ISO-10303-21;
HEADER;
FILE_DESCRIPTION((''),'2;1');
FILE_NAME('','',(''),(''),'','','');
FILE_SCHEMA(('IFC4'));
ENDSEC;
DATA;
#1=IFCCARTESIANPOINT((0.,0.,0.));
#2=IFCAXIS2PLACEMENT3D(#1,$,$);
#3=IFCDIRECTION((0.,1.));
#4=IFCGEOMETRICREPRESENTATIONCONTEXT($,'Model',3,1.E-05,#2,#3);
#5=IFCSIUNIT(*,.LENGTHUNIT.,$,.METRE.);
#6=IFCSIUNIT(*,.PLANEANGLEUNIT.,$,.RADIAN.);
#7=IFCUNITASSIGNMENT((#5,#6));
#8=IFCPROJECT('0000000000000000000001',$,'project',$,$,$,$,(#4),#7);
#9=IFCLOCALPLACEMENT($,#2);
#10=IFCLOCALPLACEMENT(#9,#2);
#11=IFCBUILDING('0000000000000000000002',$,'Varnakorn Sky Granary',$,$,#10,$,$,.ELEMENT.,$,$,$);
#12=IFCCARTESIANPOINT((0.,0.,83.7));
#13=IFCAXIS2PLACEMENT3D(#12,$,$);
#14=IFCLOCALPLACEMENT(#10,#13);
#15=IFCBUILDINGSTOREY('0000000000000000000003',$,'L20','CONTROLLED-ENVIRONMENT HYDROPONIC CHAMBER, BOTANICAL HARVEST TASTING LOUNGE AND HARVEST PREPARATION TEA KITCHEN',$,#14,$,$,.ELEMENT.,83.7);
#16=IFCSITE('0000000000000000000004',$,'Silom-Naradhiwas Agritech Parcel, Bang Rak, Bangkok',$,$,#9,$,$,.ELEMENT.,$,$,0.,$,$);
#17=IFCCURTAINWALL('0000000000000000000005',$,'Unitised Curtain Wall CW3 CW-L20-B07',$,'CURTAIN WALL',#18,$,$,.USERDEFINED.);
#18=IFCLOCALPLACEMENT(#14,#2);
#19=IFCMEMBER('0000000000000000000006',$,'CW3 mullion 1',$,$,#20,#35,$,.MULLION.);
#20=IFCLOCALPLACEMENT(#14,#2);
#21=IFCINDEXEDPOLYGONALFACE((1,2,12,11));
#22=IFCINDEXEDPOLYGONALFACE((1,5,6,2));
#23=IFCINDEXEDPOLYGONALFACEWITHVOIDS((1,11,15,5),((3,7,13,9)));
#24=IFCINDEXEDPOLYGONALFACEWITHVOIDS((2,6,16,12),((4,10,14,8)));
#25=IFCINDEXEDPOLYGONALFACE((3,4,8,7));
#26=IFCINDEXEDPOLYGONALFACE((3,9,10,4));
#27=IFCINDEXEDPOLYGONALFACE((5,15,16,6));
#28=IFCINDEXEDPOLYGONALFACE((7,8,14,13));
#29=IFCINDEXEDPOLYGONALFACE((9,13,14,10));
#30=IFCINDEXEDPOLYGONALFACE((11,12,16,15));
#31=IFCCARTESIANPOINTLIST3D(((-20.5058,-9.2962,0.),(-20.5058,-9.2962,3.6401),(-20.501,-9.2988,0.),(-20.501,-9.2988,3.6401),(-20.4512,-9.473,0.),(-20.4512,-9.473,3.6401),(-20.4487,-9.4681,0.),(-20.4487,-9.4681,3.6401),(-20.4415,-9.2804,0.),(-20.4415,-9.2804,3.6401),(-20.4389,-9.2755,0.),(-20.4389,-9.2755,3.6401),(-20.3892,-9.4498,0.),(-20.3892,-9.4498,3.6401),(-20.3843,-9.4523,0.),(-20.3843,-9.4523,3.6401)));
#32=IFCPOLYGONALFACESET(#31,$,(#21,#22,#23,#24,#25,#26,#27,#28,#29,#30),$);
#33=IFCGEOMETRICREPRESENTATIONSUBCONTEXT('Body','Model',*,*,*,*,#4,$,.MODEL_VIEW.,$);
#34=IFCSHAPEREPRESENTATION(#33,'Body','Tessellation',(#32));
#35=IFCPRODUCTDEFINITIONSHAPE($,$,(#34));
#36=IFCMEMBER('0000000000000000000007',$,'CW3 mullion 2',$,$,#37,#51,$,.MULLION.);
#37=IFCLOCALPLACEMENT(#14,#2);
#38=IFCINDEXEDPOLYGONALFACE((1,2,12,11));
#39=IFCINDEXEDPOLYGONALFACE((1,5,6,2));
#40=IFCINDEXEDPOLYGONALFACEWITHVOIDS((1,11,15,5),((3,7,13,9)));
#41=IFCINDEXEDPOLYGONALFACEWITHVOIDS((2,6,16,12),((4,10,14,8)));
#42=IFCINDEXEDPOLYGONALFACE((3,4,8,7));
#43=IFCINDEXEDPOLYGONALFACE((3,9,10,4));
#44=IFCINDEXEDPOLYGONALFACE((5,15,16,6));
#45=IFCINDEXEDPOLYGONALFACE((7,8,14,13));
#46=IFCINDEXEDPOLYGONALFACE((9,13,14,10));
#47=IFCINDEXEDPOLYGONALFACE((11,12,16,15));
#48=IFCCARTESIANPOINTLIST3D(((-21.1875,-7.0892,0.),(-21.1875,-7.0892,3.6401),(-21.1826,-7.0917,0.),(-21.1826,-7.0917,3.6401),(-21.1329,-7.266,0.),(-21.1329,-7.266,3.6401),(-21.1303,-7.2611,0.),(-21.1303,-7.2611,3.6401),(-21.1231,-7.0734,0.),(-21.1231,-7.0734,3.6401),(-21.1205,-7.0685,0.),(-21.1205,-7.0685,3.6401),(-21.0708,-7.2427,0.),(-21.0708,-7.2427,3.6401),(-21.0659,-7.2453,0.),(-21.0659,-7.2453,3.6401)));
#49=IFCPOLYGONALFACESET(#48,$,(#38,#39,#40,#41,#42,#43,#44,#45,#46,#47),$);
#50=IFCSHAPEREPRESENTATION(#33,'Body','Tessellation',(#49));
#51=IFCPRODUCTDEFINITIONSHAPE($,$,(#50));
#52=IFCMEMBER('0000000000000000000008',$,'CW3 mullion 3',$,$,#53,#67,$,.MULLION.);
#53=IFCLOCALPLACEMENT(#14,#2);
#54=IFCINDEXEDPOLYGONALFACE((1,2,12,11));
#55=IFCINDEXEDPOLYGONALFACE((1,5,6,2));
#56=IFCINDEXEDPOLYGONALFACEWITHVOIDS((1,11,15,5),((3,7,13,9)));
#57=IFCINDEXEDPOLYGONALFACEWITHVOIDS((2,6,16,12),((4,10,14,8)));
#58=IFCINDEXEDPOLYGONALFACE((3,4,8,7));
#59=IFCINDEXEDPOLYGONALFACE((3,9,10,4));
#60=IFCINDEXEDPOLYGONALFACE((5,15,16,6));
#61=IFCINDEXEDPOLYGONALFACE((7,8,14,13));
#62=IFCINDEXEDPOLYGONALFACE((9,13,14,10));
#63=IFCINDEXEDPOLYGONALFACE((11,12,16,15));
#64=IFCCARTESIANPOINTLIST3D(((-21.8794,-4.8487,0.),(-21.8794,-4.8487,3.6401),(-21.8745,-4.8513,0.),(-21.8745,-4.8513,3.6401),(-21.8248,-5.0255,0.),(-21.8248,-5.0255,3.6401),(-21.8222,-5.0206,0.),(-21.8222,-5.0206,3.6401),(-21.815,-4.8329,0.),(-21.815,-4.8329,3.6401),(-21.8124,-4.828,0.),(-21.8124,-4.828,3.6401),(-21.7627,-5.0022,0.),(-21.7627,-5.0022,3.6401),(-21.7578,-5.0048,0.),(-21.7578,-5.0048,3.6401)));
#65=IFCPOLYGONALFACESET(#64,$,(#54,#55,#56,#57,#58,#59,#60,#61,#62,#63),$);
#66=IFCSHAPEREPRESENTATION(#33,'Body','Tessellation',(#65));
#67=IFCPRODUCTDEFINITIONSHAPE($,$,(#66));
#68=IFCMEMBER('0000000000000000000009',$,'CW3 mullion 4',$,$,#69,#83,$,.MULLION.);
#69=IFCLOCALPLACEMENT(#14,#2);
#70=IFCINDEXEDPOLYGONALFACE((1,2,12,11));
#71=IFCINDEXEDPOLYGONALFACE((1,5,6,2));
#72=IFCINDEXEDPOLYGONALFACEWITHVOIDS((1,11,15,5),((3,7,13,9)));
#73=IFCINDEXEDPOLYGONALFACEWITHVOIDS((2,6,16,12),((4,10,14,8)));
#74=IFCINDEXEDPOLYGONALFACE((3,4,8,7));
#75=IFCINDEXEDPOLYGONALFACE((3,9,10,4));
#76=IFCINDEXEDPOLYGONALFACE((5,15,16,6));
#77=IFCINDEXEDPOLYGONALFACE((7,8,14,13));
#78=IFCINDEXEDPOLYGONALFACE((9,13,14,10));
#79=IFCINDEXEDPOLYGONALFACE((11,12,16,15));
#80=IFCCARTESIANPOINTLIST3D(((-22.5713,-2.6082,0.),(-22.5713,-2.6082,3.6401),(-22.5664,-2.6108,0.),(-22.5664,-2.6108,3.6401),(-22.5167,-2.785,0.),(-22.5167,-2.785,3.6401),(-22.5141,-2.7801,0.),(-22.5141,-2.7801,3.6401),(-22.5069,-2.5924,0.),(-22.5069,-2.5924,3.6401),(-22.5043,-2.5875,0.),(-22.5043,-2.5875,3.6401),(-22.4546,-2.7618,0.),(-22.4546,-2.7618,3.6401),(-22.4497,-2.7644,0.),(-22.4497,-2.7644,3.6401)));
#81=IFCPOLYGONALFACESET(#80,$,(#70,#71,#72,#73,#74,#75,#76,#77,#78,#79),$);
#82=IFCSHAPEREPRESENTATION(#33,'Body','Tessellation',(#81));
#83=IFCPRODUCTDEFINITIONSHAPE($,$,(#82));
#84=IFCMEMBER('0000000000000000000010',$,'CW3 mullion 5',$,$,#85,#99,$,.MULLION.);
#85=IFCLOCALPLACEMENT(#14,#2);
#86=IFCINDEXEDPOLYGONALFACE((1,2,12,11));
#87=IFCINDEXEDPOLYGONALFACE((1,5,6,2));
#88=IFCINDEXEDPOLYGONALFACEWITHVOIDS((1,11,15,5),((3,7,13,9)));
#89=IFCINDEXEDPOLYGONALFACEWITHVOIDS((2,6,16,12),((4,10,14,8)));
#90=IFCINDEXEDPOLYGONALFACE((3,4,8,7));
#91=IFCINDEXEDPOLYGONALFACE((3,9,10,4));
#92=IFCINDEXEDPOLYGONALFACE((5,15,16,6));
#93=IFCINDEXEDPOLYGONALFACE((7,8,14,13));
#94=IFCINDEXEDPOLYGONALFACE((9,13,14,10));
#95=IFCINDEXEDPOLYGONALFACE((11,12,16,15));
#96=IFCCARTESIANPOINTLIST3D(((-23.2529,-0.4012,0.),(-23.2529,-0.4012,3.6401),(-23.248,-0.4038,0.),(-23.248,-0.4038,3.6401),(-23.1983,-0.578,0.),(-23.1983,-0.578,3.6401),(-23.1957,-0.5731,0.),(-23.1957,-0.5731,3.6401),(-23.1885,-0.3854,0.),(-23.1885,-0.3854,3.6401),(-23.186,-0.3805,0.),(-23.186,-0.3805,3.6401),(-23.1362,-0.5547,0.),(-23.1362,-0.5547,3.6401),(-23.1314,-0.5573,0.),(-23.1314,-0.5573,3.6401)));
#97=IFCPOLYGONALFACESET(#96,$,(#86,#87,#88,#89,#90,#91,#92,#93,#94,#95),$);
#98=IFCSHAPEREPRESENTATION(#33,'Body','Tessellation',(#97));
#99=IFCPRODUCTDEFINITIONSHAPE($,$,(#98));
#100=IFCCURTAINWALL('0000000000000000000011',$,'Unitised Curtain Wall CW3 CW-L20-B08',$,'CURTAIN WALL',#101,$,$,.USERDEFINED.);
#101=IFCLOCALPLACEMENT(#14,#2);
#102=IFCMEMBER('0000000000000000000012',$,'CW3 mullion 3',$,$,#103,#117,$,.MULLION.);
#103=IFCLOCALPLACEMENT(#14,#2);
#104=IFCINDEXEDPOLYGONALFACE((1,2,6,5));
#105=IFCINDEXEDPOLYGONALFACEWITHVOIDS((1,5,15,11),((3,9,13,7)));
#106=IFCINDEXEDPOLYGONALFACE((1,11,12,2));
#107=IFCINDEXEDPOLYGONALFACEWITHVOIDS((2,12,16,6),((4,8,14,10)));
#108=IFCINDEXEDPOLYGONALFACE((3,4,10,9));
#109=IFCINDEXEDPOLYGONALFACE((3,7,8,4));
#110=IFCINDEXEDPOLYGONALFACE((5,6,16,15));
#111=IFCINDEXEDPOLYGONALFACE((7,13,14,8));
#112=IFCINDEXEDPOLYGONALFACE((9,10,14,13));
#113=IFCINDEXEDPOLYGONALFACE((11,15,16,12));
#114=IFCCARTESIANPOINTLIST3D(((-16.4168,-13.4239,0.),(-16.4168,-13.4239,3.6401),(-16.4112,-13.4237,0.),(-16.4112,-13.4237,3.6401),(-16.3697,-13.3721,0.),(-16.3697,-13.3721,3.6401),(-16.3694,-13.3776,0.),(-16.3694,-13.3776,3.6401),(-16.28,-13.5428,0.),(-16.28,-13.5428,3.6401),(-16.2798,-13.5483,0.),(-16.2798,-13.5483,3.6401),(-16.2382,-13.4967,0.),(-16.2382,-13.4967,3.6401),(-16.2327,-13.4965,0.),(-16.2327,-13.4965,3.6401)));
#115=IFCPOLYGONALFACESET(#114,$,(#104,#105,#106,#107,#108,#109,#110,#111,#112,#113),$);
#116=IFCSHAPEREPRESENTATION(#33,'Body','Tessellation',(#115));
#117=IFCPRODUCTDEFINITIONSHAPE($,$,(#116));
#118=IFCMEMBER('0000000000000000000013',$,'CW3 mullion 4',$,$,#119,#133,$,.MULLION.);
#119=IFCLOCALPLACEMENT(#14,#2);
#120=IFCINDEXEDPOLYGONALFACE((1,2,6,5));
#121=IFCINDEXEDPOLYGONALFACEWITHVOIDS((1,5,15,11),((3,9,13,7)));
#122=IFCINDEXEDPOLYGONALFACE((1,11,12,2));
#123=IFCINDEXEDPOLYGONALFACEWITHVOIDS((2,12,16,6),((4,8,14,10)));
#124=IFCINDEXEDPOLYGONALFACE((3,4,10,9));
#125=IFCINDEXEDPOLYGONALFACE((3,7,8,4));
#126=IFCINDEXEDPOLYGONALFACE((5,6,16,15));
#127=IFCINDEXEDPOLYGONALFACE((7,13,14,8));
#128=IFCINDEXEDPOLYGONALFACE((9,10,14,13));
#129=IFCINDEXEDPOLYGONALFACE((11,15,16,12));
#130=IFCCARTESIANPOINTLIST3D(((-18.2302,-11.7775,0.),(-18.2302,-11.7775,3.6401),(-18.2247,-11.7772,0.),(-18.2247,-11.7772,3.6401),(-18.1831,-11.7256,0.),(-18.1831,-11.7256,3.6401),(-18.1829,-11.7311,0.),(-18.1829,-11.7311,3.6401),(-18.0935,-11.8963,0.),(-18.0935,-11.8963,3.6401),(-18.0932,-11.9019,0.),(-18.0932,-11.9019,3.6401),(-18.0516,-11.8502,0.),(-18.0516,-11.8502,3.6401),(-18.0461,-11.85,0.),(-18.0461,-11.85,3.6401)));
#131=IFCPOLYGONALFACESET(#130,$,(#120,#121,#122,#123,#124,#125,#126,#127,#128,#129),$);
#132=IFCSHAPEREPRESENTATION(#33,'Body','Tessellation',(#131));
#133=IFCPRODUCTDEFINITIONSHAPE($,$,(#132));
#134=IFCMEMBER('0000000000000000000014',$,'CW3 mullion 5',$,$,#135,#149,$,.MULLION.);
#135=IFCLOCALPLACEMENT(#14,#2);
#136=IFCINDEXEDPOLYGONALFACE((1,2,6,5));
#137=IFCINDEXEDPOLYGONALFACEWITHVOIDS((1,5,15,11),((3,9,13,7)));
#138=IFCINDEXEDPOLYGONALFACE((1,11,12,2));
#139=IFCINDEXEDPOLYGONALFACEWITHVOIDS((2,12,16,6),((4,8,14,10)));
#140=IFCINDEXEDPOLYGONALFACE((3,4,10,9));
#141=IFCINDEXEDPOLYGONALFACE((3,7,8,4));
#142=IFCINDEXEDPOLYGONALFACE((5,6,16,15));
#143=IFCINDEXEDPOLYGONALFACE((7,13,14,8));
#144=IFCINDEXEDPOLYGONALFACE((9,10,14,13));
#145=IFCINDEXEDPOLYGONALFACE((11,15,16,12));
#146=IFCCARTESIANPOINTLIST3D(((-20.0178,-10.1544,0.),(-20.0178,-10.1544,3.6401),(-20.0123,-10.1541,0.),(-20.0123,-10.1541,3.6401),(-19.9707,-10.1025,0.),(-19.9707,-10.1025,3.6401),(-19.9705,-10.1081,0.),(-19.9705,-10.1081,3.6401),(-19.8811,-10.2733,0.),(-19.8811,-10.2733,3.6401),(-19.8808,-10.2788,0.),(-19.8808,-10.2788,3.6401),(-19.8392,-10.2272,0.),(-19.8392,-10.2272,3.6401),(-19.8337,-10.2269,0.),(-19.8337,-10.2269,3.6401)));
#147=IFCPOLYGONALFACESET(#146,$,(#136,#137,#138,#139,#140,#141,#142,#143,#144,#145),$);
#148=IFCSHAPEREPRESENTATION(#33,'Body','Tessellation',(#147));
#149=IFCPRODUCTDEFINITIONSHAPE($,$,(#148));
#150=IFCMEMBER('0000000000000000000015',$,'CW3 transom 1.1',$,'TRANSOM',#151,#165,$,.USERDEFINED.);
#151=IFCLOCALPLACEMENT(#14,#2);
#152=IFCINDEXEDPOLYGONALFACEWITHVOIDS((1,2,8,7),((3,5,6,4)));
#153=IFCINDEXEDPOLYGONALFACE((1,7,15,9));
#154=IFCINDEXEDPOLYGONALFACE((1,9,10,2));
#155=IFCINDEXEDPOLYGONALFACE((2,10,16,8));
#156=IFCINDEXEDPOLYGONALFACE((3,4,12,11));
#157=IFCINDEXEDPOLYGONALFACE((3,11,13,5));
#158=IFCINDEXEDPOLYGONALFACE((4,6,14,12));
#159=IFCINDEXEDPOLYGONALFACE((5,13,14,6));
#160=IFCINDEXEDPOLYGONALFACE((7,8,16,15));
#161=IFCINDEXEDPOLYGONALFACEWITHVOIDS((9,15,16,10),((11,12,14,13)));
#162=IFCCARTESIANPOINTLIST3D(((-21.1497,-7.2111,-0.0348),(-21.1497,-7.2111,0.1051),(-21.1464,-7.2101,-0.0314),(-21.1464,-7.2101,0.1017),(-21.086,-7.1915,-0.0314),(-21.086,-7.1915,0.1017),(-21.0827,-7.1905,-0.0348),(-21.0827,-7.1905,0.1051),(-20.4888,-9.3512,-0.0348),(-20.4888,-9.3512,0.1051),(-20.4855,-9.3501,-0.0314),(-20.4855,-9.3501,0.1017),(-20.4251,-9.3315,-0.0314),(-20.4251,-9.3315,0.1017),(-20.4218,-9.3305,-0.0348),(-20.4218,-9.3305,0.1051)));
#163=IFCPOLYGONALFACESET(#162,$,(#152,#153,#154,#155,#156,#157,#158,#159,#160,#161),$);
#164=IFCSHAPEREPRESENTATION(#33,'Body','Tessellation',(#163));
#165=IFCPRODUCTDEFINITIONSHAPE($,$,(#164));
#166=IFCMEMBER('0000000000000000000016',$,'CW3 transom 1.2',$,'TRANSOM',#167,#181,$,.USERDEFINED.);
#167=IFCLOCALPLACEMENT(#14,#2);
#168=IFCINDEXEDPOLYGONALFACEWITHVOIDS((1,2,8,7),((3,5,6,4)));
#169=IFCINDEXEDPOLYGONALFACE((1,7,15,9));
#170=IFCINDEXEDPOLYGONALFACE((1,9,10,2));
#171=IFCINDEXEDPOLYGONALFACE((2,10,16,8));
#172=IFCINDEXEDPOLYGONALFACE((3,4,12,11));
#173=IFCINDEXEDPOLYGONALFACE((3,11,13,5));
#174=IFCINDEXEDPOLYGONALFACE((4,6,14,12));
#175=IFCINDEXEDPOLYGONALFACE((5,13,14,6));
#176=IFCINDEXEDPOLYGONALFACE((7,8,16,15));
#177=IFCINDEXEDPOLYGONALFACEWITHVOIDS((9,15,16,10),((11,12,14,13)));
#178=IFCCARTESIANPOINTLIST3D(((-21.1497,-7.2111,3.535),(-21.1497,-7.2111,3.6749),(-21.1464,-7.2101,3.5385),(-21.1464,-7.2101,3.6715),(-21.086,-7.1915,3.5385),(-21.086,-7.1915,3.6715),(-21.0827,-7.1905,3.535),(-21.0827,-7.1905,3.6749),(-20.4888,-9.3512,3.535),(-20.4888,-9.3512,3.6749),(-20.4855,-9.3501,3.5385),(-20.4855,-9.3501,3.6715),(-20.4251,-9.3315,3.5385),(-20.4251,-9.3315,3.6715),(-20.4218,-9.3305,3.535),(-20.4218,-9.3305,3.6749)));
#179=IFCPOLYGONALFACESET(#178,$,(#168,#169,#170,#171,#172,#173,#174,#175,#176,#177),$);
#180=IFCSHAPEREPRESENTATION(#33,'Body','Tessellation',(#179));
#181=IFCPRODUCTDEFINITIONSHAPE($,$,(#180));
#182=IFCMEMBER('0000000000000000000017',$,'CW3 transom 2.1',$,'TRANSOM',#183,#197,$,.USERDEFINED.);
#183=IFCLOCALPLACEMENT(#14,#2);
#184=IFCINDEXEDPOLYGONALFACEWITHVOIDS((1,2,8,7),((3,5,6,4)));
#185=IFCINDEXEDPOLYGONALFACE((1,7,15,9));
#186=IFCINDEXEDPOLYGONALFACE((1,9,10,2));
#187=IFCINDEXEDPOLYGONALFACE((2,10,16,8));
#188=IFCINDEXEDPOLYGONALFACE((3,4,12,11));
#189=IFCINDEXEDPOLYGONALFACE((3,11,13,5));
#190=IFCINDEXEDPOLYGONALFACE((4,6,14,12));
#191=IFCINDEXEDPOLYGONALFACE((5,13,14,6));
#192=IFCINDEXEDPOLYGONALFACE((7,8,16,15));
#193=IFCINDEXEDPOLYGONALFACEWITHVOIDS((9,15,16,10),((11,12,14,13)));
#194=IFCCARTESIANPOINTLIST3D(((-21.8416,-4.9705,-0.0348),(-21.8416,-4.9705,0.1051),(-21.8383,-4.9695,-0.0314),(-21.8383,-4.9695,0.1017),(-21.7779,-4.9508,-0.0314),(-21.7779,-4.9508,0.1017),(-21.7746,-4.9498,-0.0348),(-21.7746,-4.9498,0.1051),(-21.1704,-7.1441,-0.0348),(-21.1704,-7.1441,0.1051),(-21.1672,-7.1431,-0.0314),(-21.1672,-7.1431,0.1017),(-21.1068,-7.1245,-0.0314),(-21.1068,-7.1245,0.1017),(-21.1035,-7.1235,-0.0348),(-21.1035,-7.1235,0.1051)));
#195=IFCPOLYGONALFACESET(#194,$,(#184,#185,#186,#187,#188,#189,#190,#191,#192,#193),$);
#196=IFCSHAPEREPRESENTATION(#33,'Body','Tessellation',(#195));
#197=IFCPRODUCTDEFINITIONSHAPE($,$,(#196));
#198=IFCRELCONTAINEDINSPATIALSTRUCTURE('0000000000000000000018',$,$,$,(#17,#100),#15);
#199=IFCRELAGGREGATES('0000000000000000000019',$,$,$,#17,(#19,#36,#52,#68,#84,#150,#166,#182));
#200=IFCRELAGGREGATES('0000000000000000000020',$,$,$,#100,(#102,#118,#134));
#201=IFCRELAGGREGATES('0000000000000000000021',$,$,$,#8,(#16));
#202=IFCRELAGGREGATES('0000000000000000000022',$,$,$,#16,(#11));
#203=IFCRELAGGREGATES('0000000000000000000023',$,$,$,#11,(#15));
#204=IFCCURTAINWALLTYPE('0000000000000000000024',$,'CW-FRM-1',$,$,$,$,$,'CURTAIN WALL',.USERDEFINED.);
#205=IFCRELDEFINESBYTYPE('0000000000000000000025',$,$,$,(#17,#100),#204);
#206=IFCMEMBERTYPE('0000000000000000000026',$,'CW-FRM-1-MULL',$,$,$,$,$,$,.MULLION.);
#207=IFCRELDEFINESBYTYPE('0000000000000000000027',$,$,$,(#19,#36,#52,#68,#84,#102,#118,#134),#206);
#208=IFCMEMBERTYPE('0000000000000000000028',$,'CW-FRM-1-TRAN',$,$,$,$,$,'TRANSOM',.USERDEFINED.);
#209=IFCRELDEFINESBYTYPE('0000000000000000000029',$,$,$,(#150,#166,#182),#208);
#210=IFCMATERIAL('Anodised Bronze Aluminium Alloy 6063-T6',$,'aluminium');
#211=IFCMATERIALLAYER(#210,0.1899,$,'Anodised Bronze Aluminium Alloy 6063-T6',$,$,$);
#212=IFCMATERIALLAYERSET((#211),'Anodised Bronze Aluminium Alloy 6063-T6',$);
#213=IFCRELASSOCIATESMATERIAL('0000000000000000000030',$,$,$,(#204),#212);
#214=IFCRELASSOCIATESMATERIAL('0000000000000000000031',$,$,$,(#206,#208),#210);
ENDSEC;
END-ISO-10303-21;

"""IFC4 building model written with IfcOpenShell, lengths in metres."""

from ifc_helpers import new_model, si_unit, direction, frame, origin, origin_2d, place, context, subcontext, project, spatial, hollow_rectangle, extrude, material, layer, layer_set, material_profile, profile_set, type_object, element, aggregate, save


model = new_model("IFC4")

# Units and contexts
model_context = context("Model", 3, precision=1e-05, world=origin(), true_north=direction((0.0, 1.0)))
body_context = subcontext(model_context, "Body", "Model", "MODEL_VIEW")
ifc_project = project(units=[si_unit("LENGTHUNIT", "METRE"), si_unit("PLANEANGLEUNIT", "RADIAN")], contexts=[model_context])

# Site, building, storey
site_placement = place(None, origin())
site = spatial("IfcSite", under=ifc_project, at=site_placement, Name="Silom-Naradhiwas Agritech Parcel, Bang Rak, Bangkok", CompositionType="ELEMENT", RefElevation=0.0)
building_placement = place(site_placement, origin())
building = spatial("IfcBuilding", under=site, at=building_placement, Name="Varnakorn Sky Granary", CompositionType="ELEMENT")
storey_placement = place(building_placement, frame((0.0, 0.0, 83.7)))
storey = spatial("IfcBuildingStorey", under=building, at=storey_placement, Name="L20", Description="CONTROLLED-ENVIRONMENT HYDROPONIC CHAMBER, BOTANICAL HARVEST TASTING LOUNGE AND HARVEST PREPARATION TEA KITCHEN", CompositionType="ELEMENT", Elevation=83.7)

# Curtain walls, members
ifc_material_1 = material(Name="Anodised Bronze Aluminium Alloy 6063-T6", Category="aluminium")
ifc_layer_1 = layer(ifc_material_1, 0.1899, Name="Anodised Bronze Aluminium Alloy 6063-T6")
ifc_layer_set_1 = layer_set([ifc_layer_1], Name="Anodised Bronze Aluminium Alloy 6063-T6")
curtain_wall_type = type_object("IfcCurtainWallType", Name="CW-FRM-1", ElementType="CURTAIN WALL", PredefinedType="USERDEFINED", material=ifc_layer_set_1)
curtain_wall_1_placement = place(storey_placement, origin())
curtain_wall_1 = element("IfcCurtainWall", 1, at=curtain_wall_1_placement, inside=storey, type_object=curtain_wall_type, Name="Unitised Curtain Wall CW3 CW-L20-B07", ObjectType="CURTAIN WALL", PredefinedType="USERDEFINED")
ifc_material_profile_1 = material_profile(ifc_material_1, hollow_rectangle(XDim=0.0701, YDim=0.1851, WallThickness=0.0039, at=origin_2d()), Name="ALU MULL 70x185")
ifc_profile_set_1 = profile_set([ifc_material_profile_1], Name="Anodised Bronze Aluminium Alloy 6063-T6")
member_type_1 = type_object("IfcMemberType", Name="CW-FRM-1-MULL", PredefinedType="MULLION", material=ifc_profile_set_1)
member_1_placement = place(storey_placement, frame((-20.4451, -9.3743, 0.0), z_axis=(0.0, 0.0, 1.0), x_axis=(-0.955475, -0.295072, 0.0)))
member_1 = element("IfcMember", 2, at=member_1_placement, type_object=member_type_1, Name="CW3 mullion 1", PredefinedType="MULLION", context=body_context, shape_type="SweptSolid", body=[
    extrude(hollow_rectangle(XDim=0.0701, YDim=0.1851, WallThickness=0.0039, at=origin_2d()), origin(), (0.0, 0.0, 1.0), 3.6401),
])
member_2_placement = place(storey_placement, frame((-21.1267, -7.1672, 0.0), z_axis=(0.0, 0.0, 1.0), x_axis=(-0.955475, -0.295072, 0.0)))
member_2 = element("IfcMember", 3, at=member_2_placement, type_object=member_type_1, Name="CW3 mullion 2", PredefinedType="MULLION", context=body_context, shape_type="SweptSolid", body=[
    extrude(hollow_rectangle(XDim=0.0701, YDim=0.1851, WallThickness=0.0039, at=origin_2d()), origin(), (0.0, 0.0, 1.0), 3.6401),
])
member_3_placement = place(storey_placement, frame((-21.8186, -4.9268, 0.0), z_axis=(0.0, 0.0, 1.0), x_axis=(-0.955475, -0.295072, 0.0)))
member_3 = element("IfcMember", 4, at=member_3_placement, type_object=member_type_1, Name="CW3 mullion 3", PredefinedType="MULLION", context=body_context, shape_type="SweptSolid", body=[
    extrude(hollow_rectangle(XDim=0.0701, YDim=0.1851, WallThickness=0.0039, at=origin_2d()), origin(), (0.0, 0.0, 1.0), 3.6401),
])
member_4_placement = place(storey_placement, frame((-22.5105, -2.6863, 0.0), z_axis=(0.0, 0.0, 1.0), x_axis=(-0.955475, -0.295072, 0.0)))
member_4 = element("IfcMember", 5, at=member_4_placement, type_object=member_type_1, Name="CW3 mullion 4", PredefinedType="MULLION", context=body_context, shape_type="SweptSolid", body=[
    extrude(hollow_rectangle(XDim=0.0701, YDim=0.1851, WallThickness=0.0039, at=origin_2d()), origin(), (0.0, 0.0, 1.0), 3.6401),
])
member_5_placement = place(storey_placement, frame((-23.1921, -0.4792, 0.0), z_axis=(0.0, 0.0, 1.0), x_axis=(-0.955475, -0.295072, 0.0)))
member_5 = element("IfcMember", 6, at=member_5_placement, type_object=member_type_1, Name="CW3 mullion 5", PredefinedType="MULLION", context=body_context, shape_type="SweptSolid", body=[
    extrude(hollow_rectangle(XDim=0.0701, YDim=0.1851, WallThickness=0.0039, at=origin_2d()), origin(), (0.0, 0.0, 1.0), 3.6401),
])
curtain_wall_2_placement = place(storey_placement, origin())
curtain_wall_2 = element("IfcCurtainWall", 7, at=curtain_wall_2_placement, inside=storey, type_object=curtain_wall_type, Name="Unitised Curtain Wall CW3 CW-L20-B08", ObjectType="CURTAIN WALL", PredefinedType="USERDEFINED")
member_6_placement = place(storey_placement, frame((-16.3247, -13.4602, 0.0), z_axis=(0.0, 0.0, 1.0), x_axis=(-0.672211, -0.74036, 0.0)))
member_6 = element("IfcMember", 8, at=member_6_placement, type_object=member_type_1, Name="CW3 mullion 3", PredefinedType="MULLION", context=body_context, shape_type="SweptSolid", body=[
    extrude(hollow_rectangle(XDim=0.0701, YDim=0.1851, WallThickness=0.0039, at=origin_2d()), origin(), (0.0, 0.0, 1.0), 3.6401),
])
member_7_placement = place(storey_placement, frame((-18.1382, -11.8137, 0.0), z_axis=(0.0, 0.0, 1.0), x_axis=(-0.672211, -0.74036, 0.0)))
member_7 = element("IfcMember", 9, at=member_7_placement, type_object=member_type_1, Name="CW3 mullion 4", PredefinedType="MULLION", context=body_context, shape_type="SweptSolid", body=[
    extrude(hollow_rectangle(XDim=0.0701, YDim=0.1851, WallThickness=0.0039, at=origin_2d()), origin(), (0.0, 0.0, 1.0), 3.6401),
])
member_8_placement = place(storey_placement, frame((-19.9258, -10.1907, 0.0), z_axis=(0.0, 0.0, 1.0), x_axis=(-0.672211, -0.74036, 0.0)))
member_8 = element("IfcMember", 10, at=member_8_placement, type_object=member_type_1, Name="CW3 mullion 5", PredefinedType="MULLION", context=body_context, shape_type="SweptSolid", body=[
    extrude(hollow_rectangle(XDim=0.0701, YDim=0.1851, WallThickness=0.0039, at=origin_2d()), origin(), (0.0, 0.0, 1.0), 3.6401),
])

# Members
ifc_material_profile_2 = material_profile(ifc_material_1, hollow_rectangle(XDim=0.0701, YDim=0.1399, WallThickness=0.0034, at=origin_2d()), Name="ALU TRAN 70x140")
ifc_profile_set_2 = profile_set([ifc_material_profile_2], Name="Anodised Bronze Aluminium Alloy 6063-T6")
member_type_2 = type_object("IfcMemberType", Name="CW-FRM-1-TRAN", ElementType="TRANSOM", PredefinedType="USERDEFINED", material=ifc_profile_set_2)
member_9_placement = place(storey_placement, frame((-20.4553, -9.3408, 0.0352), z_axis=(-0.295058, 0.955479, 0.0), x_axis=(-0.955479, -0.295058, 0.0)))
member_9 = element("IfcMember", 11, at=member_9_placement, type_object=member_type_2, Name="CW3 transom 1.1", ObjectType="TRANSOM", PredefinedType="USERDEFINED", context=body_context, shape_type="SweptSolid", body=[
    extrude(hollow_rectangle(XDim=0.0701, YDim=0.1399, WallThickness=0.0034, at=origin_2d()), origin(), (0.0, 0.0, 1.0), 2.2397),
])
member_10_placement = place(storey_placement, frame((-20.4553, -9.3408, 3.605), z_axis=(-0.295058, 0.955479, 0.0), x_axis=(-0.955479, -0.295058, 0.0)))
member_10 = element("IfcMember", 12, at=member_10_placement, type_object=member_type_2, Name="CW3 transom 1.2", ObjectType="TRANSOM", PredefinedType="USERDEFINED", context=body_context, shape_type="SweptSolid", body=[
    extrude(hollow_rectangle(XDim=0.0701, YDim=0.1399, WallThickness=0.0034, at=origin_2d()), origin(), (0.0, 0.0, 1.0), 2.2397),
])
member_11_placement = place(storey_placement, frame((-21.137, -7.1338, 0.0352), z_axis=(-0.295028, 0.955488, 0.0), x_axis=(-0.955488, -0.295028, 0.0)))
member_11 = element("IfcMember", 13, at=member_11_placement, type_object=member_type_2, Name="CW3 transom 2.1", ObjectType="TRANSOM", PredefinedType="USERDEFINED", context=body_context, shape_type="SweptSolid", body=[
    extrude(hollow_rectangle(XDim=0.0701, YDim=0.1399, WallThickness=0.0034, at=origin_2d()), origin(), (0.0, 0.0, 1.0), 2.2749),
])

aggregate(curtain_wall_1, [member_1, member_2, member_3, member_4, member_5, member_9, member_10, member_11])
aggregate(curtain_wall_2, [member_6, member_7, member_8])

save(model, "model.ifc")
